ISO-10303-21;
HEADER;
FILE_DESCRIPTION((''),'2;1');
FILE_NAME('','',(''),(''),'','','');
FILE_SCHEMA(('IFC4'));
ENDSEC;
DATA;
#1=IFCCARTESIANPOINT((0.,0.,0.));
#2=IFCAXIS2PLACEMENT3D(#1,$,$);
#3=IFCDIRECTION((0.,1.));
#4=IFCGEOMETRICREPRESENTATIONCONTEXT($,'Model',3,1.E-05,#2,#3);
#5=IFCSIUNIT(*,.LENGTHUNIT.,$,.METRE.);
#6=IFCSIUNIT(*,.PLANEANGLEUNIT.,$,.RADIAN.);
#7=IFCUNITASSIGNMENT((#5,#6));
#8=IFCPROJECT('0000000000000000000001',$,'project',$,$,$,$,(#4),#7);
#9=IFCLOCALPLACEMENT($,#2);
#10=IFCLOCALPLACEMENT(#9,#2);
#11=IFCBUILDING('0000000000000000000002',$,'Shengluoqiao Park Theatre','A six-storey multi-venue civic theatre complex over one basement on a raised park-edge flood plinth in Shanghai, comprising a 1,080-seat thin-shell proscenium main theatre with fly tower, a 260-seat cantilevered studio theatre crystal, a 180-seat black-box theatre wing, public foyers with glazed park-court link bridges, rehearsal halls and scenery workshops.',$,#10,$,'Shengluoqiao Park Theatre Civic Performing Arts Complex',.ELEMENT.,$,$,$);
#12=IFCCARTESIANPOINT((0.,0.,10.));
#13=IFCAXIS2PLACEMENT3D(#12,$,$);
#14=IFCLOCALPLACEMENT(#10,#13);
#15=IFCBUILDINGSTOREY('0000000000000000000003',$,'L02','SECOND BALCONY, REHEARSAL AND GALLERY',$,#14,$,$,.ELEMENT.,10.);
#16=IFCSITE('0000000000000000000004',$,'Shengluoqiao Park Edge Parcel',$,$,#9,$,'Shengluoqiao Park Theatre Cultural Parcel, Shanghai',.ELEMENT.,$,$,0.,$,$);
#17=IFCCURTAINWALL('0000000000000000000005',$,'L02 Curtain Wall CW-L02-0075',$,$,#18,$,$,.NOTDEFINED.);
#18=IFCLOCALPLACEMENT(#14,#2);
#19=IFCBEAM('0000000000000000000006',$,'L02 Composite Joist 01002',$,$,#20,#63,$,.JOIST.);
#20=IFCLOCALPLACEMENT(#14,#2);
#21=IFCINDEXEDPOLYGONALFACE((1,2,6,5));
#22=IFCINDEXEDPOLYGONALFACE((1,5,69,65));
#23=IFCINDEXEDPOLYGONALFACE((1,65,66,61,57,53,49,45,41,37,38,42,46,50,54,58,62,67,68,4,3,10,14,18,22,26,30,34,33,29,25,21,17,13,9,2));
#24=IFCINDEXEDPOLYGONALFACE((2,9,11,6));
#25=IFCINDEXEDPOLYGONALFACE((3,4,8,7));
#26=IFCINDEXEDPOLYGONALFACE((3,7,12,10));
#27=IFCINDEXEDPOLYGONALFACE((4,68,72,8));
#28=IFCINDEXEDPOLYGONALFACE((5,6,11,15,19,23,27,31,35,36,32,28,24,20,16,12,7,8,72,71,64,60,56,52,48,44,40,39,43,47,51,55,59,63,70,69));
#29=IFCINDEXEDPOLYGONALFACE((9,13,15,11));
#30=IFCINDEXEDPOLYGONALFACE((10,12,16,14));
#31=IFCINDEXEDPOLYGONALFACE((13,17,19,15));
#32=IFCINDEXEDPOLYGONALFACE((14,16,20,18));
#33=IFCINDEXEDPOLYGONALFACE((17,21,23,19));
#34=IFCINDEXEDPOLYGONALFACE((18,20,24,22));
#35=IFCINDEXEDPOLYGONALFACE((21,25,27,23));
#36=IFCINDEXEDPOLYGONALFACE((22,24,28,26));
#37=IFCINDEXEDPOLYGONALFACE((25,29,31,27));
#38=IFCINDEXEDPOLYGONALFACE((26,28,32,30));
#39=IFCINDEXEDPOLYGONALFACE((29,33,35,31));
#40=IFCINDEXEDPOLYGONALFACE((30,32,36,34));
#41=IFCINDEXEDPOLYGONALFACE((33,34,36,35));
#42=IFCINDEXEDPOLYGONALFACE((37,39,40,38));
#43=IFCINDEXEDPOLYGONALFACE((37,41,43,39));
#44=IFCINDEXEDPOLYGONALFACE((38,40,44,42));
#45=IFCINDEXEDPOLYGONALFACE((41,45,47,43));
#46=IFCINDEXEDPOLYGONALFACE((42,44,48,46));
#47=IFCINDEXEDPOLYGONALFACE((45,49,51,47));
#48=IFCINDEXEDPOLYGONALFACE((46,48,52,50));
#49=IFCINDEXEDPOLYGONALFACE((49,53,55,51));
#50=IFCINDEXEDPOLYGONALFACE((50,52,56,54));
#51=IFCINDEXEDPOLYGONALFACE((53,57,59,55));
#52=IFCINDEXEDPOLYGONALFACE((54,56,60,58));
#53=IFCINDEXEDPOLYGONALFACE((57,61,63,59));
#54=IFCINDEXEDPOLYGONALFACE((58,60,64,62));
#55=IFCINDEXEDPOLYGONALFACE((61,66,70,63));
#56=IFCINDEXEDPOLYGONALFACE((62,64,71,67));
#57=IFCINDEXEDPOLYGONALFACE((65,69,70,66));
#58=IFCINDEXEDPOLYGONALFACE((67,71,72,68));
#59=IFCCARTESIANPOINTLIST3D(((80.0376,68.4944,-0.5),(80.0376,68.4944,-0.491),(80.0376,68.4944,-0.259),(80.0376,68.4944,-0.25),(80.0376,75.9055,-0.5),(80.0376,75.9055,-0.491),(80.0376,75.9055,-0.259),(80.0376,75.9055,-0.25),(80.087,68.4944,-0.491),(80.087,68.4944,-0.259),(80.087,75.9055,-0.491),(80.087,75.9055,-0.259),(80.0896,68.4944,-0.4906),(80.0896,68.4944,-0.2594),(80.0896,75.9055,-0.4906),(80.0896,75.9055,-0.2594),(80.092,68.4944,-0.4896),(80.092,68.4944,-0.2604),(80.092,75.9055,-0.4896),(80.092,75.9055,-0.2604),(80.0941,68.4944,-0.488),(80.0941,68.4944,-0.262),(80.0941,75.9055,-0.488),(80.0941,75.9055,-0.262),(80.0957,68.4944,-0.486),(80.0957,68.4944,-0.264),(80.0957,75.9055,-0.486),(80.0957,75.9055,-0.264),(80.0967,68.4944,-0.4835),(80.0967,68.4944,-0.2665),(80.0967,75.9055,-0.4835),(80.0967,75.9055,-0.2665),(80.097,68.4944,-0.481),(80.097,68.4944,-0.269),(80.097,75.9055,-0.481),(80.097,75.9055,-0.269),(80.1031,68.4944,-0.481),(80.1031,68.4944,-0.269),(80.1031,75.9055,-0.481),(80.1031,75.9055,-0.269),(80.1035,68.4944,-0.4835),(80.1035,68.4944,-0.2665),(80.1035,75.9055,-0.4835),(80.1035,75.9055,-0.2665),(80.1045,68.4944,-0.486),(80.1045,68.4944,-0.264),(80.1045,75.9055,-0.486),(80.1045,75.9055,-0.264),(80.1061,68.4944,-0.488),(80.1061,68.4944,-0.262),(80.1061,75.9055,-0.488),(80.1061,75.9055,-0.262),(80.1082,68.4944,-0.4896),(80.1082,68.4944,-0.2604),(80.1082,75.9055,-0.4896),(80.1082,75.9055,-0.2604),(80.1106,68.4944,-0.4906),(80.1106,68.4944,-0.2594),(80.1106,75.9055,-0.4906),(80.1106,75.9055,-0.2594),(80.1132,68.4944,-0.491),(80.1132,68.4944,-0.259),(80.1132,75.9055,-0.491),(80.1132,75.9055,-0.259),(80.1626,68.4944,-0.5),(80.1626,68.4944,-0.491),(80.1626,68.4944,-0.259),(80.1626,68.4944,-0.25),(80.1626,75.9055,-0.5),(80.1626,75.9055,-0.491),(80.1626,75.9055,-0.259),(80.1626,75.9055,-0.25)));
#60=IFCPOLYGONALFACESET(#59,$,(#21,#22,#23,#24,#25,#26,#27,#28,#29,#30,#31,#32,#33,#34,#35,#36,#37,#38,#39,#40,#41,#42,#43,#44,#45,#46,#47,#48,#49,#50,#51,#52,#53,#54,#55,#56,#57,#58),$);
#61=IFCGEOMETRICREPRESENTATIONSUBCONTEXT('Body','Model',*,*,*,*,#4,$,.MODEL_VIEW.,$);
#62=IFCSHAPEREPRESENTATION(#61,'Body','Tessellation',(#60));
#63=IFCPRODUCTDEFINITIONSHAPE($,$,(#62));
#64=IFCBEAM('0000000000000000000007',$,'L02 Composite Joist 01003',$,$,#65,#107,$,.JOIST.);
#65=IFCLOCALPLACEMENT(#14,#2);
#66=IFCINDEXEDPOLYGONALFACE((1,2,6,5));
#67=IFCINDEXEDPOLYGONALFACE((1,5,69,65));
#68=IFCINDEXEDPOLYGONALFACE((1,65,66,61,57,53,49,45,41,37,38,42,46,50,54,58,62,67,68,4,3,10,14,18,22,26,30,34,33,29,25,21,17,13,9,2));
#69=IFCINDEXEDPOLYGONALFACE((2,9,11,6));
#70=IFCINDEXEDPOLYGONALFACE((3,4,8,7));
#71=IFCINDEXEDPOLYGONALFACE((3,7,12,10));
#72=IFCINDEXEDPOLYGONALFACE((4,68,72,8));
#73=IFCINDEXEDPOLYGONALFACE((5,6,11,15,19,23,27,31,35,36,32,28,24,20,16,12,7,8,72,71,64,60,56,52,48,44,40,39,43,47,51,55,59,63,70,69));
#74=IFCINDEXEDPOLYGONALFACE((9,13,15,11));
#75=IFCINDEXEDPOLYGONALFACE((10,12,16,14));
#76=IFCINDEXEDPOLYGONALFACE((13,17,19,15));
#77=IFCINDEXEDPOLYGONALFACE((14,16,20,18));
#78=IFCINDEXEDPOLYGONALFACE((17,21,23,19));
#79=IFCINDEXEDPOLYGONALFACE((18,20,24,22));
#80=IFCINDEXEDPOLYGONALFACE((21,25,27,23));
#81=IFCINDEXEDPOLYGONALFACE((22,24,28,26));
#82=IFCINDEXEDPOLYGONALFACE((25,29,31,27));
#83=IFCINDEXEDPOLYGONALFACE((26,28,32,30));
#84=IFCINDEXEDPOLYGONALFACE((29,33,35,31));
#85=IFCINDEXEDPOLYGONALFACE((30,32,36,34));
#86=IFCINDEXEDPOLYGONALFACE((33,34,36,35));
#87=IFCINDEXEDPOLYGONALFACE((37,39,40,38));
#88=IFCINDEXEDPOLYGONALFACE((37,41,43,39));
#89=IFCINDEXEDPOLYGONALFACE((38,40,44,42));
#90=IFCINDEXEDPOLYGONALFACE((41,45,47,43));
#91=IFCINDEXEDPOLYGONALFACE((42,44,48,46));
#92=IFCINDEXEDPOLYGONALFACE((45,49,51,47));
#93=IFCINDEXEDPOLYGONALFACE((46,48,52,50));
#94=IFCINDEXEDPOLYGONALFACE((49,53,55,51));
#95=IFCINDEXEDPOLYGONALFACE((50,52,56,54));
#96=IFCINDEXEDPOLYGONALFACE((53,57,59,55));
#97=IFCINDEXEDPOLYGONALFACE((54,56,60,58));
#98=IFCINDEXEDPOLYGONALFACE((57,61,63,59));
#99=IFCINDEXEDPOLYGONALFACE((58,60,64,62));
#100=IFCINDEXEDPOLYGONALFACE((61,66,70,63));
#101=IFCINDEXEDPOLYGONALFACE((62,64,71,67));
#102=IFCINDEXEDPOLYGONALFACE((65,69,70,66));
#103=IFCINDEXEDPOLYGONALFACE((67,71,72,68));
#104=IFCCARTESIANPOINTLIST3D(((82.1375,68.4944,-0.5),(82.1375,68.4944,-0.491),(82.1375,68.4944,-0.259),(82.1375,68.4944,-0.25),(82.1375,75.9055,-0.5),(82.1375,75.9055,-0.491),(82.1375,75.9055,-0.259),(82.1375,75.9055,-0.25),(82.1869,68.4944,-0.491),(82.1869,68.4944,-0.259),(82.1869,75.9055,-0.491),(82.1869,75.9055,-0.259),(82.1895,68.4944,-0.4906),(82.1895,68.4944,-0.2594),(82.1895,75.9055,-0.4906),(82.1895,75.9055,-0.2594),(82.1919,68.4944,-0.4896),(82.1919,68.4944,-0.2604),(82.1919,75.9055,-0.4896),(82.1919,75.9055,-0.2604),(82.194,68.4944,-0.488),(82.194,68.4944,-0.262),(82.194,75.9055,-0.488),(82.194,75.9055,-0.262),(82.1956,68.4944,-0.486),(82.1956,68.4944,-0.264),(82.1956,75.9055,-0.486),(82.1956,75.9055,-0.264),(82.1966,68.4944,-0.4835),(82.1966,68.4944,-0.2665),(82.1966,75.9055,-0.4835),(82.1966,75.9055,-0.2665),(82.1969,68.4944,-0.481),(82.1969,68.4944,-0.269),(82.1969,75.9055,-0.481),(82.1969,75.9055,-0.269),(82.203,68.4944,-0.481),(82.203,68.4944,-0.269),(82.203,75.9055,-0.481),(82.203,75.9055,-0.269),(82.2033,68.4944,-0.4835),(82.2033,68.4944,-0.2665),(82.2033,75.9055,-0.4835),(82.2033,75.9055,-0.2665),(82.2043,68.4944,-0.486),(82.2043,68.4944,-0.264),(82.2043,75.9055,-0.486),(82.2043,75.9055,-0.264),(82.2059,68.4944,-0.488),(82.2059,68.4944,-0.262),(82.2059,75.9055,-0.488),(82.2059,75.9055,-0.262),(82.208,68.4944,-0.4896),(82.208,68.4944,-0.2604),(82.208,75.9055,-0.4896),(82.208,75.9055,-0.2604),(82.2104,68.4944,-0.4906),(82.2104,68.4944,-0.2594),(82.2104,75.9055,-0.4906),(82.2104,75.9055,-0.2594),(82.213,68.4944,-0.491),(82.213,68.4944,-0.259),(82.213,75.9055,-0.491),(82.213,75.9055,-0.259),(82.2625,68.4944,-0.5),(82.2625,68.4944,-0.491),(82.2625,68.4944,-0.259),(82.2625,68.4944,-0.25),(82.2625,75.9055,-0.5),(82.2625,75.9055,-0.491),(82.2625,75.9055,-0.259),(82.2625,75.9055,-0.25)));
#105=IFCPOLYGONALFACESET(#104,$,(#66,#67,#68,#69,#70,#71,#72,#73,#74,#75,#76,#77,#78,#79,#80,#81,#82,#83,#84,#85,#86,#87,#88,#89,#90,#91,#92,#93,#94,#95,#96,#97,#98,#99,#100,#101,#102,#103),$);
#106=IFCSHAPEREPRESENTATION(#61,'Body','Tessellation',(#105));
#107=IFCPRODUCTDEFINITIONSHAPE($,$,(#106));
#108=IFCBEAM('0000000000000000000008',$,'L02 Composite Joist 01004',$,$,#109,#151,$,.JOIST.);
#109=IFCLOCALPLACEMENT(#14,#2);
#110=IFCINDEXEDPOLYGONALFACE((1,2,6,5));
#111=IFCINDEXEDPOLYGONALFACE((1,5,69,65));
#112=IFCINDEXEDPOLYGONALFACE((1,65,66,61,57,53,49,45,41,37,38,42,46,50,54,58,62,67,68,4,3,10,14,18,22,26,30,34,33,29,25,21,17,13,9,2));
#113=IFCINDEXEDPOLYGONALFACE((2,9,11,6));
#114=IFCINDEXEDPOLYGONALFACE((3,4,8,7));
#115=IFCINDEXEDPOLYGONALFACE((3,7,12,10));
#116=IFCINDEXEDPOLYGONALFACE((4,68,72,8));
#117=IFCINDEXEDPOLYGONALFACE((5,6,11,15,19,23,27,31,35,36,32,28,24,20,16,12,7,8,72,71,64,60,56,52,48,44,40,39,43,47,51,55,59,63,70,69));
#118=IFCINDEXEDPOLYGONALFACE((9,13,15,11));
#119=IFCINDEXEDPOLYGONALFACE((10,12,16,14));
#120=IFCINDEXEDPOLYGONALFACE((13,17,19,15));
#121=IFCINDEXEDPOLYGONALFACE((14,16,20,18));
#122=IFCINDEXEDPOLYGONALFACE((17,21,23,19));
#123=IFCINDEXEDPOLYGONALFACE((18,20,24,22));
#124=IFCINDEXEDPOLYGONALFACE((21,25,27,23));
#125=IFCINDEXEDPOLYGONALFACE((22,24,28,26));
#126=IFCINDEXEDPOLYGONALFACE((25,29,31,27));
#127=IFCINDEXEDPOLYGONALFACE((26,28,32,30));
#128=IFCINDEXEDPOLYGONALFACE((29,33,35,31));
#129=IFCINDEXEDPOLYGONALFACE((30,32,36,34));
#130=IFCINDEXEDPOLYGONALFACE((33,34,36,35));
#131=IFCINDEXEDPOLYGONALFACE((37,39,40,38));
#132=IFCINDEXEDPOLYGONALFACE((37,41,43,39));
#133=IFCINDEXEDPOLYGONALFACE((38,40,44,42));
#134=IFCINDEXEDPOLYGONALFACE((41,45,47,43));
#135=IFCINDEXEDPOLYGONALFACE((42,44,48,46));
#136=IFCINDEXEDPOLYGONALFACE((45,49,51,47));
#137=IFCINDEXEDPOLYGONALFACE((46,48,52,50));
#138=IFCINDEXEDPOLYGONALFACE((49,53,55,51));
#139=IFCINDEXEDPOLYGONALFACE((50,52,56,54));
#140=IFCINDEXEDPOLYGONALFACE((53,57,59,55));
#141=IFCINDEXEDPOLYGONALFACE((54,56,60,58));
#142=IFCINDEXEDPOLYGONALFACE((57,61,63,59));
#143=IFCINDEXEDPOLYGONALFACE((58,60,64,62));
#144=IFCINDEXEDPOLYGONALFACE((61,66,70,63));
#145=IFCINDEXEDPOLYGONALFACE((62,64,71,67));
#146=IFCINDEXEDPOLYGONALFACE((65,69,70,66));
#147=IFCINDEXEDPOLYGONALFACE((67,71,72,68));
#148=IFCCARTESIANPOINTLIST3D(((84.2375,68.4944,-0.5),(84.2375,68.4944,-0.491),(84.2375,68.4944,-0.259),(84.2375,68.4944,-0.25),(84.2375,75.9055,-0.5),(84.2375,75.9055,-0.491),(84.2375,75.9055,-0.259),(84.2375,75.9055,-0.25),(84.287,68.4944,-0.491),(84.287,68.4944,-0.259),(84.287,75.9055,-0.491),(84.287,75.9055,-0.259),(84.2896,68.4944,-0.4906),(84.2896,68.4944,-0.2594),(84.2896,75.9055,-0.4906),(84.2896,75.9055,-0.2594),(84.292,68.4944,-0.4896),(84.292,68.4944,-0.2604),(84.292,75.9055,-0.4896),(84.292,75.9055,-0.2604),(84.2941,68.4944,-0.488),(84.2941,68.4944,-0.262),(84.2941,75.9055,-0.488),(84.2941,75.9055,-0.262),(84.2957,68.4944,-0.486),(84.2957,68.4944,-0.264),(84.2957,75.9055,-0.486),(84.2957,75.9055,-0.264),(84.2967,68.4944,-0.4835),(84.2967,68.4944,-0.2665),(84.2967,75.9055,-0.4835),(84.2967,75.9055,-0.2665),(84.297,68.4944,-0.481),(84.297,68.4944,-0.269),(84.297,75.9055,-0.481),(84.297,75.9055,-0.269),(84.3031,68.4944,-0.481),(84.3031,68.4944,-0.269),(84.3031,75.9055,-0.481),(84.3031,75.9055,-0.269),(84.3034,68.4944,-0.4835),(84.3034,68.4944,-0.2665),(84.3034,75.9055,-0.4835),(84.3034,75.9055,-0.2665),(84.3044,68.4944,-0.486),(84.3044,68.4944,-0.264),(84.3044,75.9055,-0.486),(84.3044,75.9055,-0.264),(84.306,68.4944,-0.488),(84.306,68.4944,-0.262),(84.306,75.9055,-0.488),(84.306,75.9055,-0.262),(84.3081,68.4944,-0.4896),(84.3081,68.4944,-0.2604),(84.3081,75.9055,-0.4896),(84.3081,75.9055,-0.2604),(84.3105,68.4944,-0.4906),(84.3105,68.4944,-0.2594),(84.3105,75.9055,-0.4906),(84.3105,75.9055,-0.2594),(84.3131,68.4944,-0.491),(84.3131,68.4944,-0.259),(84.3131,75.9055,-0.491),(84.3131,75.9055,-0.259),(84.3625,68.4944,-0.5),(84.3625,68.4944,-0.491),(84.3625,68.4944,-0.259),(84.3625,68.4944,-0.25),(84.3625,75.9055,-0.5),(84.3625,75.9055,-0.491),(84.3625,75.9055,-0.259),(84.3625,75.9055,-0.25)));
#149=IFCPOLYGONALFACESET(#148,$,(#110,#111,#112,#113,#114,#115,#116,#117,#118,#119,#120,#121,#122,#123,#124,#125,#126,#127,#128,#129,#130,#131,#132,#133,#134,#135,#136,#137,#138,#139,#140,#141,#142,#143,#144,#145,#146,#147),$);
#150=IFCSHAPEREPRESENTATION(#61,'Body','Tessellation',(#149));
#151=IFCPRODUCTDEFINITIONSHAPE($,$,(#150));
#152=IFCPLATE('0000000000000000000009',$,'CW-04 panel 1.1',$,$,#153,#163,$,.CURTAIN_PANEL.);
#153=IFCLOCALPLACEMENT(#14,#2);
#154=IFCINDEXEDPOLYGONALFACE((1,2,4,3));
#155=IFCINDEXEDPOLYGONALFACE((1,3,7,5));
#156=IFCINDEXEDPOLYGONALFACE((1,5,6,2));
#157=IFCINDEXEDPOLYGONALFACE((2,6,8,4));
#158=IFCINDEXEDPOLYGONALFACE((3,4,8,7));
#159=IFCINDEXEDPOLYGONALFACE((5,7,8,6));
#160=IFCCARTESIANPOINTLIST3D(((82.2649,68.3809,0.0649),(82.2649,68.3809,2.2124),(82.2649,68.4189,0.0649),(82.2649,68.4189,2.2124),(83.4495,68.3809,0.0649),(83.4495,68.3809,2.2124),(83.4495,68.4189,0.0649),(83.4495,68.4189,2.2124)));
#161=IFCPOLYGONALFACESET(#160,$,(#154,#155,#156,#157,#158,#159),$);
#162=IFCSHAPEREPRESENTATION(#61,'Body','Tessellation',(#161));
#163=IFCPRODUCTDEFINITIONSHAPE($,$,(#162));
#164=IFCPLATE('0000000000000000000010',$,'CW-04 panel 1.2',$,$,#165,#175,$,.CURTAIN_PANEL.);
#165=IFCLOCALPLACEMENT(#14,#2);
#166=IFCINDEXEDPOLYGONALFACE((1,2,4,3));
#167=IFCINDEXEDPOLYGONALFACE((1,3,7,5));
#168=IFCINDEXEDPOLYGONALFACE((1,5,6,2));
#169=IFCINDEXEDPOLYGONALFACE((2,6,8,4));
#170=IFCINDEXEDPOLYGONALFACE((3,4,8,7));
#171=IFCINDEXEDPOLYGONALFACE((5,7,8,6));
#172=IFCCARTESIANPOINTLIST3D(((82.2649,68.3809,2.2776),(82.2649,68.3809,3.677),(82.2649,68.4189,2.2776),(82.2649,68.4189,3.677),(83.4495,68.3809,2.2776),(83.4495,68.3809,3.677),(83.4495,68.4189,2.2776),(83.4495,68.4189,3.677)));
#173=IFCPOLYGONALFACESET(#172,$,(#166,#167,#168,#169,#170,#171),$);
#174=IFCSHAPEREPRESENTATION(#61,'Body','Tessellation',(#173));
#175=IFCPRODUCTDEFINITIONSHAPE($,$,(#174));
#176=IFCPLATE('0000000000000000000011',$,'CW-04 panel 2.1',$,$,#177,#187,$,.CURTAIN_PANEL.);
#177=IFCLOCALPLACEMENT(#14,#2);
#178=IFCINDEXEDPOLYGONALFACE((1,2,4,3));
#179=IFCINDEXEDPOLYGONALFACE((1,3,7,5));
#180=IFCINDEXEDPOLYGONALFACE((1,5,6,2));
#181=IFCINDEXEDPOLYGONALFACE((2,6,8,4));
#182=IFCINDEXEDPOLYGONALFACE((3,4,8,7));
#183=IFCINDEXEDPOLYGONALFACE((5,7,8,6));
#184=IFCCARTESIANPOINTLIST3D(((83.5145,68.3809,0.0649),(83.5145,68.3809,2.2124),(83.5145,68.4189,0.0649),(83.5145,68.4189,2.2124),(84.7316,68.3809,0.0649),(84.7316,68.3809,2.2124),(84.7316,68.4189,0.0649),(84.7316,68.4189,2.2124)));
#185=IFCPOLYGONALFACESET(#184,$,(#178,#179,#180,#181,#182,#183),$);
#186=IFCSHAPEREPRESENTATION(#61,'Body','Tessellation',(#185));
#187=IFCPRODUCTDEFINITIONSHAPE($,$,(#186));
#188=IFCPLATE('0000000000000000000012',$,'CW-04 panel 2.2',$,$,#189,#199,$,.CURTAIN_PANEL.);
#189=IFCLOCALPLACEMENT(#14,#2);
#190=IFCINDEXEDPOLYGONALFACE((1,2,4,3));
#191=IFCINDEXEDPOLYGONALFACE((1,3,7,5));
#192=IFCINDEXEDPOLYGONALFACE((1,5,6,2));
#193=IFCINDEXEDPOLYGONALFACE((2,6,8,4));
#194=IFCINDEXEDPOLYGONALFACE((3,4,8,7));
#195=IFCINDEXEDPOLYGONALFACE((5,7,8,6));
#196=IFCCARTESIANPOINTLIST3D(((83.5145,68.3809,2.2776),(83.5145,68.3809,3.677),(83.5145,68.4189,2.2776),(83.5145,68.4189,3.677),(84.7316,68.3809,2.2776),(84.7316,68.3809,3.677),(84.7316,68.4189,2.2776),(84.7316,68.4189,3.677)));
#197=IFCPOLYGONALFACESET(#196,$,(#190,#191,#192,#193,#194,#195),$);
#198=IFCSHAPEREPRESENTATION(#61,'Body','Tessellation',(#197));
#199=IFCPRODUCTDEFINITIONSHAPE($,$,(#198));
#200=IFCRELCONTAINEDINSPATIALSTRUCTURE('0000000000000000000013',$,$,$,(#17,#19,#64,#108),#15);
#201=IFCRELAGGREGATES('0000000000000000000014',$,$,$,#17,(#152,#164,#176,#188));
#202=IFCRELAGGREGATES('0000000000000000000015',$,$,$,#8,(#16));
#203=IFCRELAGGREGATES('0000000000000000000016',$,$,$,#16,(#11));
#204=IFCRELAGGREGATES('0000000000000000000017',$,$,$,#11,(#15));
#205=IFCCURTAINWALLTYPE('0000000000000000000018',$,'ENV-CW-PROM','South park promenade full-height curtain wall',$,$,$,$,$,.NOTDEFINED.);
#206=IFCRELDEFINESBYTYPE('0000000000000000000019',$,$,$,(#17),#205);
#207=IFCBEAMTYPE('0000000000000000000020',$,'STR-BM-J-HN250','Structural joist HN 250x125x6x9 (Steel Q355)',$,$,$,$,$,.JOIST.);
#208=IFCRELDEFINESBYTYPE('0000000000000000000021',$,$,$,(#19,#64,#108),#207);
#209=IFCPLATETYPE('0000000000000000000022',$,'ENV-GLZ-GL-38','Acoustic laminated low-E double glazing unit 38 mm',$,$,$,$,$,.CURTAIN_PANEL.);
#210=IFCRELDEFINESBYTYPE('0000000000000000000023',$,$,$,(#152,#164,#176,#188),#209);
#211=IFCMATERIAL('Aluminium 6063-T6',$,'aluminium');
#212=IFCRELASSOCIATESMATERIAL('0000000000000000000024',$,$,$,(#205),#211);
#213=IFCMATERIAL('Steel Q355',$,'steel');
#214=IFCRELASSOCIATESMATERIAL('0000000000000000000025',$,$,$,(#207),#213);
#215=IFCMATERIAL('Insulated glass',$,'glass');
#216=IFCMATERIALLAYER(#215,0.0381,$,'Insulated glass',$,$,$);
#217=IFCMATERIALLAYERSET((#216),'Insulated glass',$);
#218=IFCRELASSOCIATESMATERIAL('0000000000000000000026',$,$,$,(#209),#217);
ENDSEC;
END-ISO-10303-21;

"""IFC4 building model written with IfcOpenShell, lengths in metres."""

from ifc_helpers import new_model, si_unit, direction, frame, origin, origin_2d, place, context, subcontext, project, spatial, rectangle, i_section, extrude, material, layer, layer_set, material_profile, profile_set, type_object, element, aggregate, save


model = new_model("IFC4")

# Units and contexts
model_context = context("Model", 3, precision=1e-05, world=origin(), true_north=direction((0.0, 1.0)))
body_context = subcontext(model_context, "Body", "Model", "MODEL_VIEW")
ifc_project = project(units=[si_unit("LENGTHUNIT", "METRE"), si_unit("PLANEANGLEUNIT", "RADIAN")], contexts=[model_context])

# Site, building, storey
site_placement = place(None, origin())
site = spatial("IfcSite", under=ifc_project, at=site_placement, Name="Shengluoqiao Park Edge Parcel", LongName="Shengluoqiao Park Theatre Cultural Parcel, Shanghai", CompositionType="ELEMENT", RefElevation=0.0)
building_placement = place(site_placement, origin())
building = spatial("IfcBuilding", under=site, at=building_placement, Name="Shengluoqiao Park Theatre", Description="A six-storey multi-venue civic theatre complex over one basement on a raised park-edge flood plinth in Shanghai, comprising a 1,080-seat thin-shell proscenium main theatre with fly tower, a 260-seat cantilevered studio theatre crystal, a 180-seat black-box theatre wing, public foyers with glazed park-court link bridges, rehearsal halls and scenery workshops.", LongName="Shengluoqiao Park Theatre Civic Performing Arts Complex", CompositionType="ELEMENT")
storey_placement = place(building_placement, frame((0.0, 0.0, 10.0)))
storey = spatial("IfcBuildingStorey", under=building, at=storey_placement, Name="L02", Description="SECOND BALCONY, REHEARSAL AND GALLERY", CompositionType="ELEMENT", Elevation=10.0)

# Curtain wall
ifc_material_1 = material(Name="Aluminium 6063-T6", Category="aluminium")
curtain_wall_type = type_object("IfcCurtainWallType", Name="ENV-CW-PROM", Description="South park promenade full-height curtain wall", PredefinedType="NOTDEFINED", material=ifc_material_1)
curtain_wall_placement = place(storey_placement, origin())
curtain_wall = element("IfcCurtainWall", 1, at=curtain_wall_placement, inside=storey, type_object=curtain_wall_type, Name="L02 Curtain Wall CW-L02-0075", PredefinedType="NOTDEFINED")

# Beams
ifc_material_2 = material(Name="Steel Q355", Category="steel")
ifc_material_profile_1 = material_profile(ifc_material_2, i_section(OverallWidth=0.125, OverallDepth=0.25, WebThickness=0.0061, FlangeThickness=0.009, FilletRadius=0.01, at=origin_2d()), Name="HN 250x125x6x9")
ifc_profile_set_1 = profile_set([ifc_material_profile_1], Name="Steel Q355")
beam_type_1 = type_object("IfcBeamType", Name="STR-BM-J-HN250", Description="Structural joist HN 250x125x6x9 (Steel Q355)", PredefinedType="JOIST", material=ifc_profile_set_1)
for number, where, z_axis, x_axis, name in (
    (2, (80.1001, 68.4944, -0.375), (0.0, 1.0, 0.0), (-1.0, 0.0, 0.0), "L02 Composite Joist 01002"),
    (3, (82.2, 68.4944, -0.375), (0.0, 1.0, 0.0), (-1.0, 0.0, 0.0), "L02 Composite Joist 01003"),
    (4, (84.3, 68.4944, -0.375), (0.0, 1.0, 0.0), (-1.0, 0.0, 0.0), "L02 Composite Joist 01004"),
):
    element("IfcBeam", number, at=place(storey_placement, frame(where, z_axis=z_axis, x_axis=x_axis)), inside=storey, type_object=beam_type_1, Name=name, PredefinedType="JOIST", context=body_context, shape_type="SweptSolid", body=[
        extrude(i_section(OverallWidth=0.125, OverallDepth=0.25, WebThickness=0.0061, FlangeThickness=0.009, FilletRadius=0.01, at=origin_2d()), origin(), (0.0, 0.0, 1.0), 7.4111),
    ])

# Plates
ifc_material_3 = material(Name="Insulated glass", Category="glass")
ifc_layer_1 = layer(ifc_material_3, 0.0381, Name="Insulated glass")
ifc_layer_set_1 = layer_set([ifc_layer_1], Name="Insulated glass")
plate_type = type_object("IfcPlateType", Name="ENV-GLZ-GL-38", Description="Acoustic laminated low-E double glazing unit 38 mm", PredefinedType="CURTAIN_PANEL", material=ifc_layer_set_1)
plate_1_placement = place(storey_placement, frame((82.8572, 68.3999, 0.0649), z_axis=(0.0, 0.0, 1.0), x_axis=(1.0, 0.0, 0.0)))
plate_1 = element("IfcPlate", 5, at=plate_1_placement, type_object=plate_type, Name="CW-04 panel 1.1", PredefinedType="CURTAIN_PANEL", context=body_context, shape_type="SweptSolid", body=[
    extrude(rectangle(XDim=1.1846, YDim=0.0381, at=origin_2d()), origin(), (0.0, 0.0, 1.0), 2.1475),
])
plate_2_placement = place(storey_placement, frame((82.8572, 68.3999, 2.2776), z_axis=(0.0, 0.0, 1.0), x_axis=(1.0, 0.0, 0.0)))
plate_2 = element("IfcPlate", 6, at=plate_2_placement, type_object=plate_type, Name="CW-04 panel 1.2", PredefinedType="CURTAIN_PANEL", context=body_context, shape_type="SweptSolid", body=[
    extrude(rectangle(XDim=1.1846, YDim=0.0381, at=origin_2d()), origin(), (0.0, 0.0, 1.0), 1.3994),
])
plate_3_placement = place(storey_placement, frame((84.123, 68.3999, 0.0649), z_axis=(0.0, 0.0, 1.0), x_axis=(1.0, 0.0, 0.0)))
plate_3 = element("IfcPlate", 7, at=plate_3_placement, type_object=plate_type, Name="CW-04 panel 2.1", PredefinedType="CURTAIN_PANEL", context=body_context, shape_type="SweptSolid", body=[
    extrude(rectangle(XDim=1.217, YDim=0.0381, at=origin_2d()), origin(), (0.0, 0.0, 1.0), 2.1475),
])
plate_4_placement = place(storey_placement, frame((84.123, 68.3999, 2.2776), z_axis=(0.0, 0.0, 1.0), x_axis=(1.0, 0.0, 0.0)))
plate_4 = element("IfcPlate", 8, at=plate_4_placement, type_object=plate_type, Name="CW-04 panel 2.2", PredefinedType="CURTAIN_PANEL", context=body_context, shape_type="SweptSolid", body=[
    extrude(rectangle(XDim=1.217, YDim=0.0381, at=origin_2d()), origin(), (0.0, 0.0, 1.0), 1.3994),
])
aggregate(curtain_wall, [plate_1, plate_2, plate_3, plate_4])

save(model, "model.ifc")
